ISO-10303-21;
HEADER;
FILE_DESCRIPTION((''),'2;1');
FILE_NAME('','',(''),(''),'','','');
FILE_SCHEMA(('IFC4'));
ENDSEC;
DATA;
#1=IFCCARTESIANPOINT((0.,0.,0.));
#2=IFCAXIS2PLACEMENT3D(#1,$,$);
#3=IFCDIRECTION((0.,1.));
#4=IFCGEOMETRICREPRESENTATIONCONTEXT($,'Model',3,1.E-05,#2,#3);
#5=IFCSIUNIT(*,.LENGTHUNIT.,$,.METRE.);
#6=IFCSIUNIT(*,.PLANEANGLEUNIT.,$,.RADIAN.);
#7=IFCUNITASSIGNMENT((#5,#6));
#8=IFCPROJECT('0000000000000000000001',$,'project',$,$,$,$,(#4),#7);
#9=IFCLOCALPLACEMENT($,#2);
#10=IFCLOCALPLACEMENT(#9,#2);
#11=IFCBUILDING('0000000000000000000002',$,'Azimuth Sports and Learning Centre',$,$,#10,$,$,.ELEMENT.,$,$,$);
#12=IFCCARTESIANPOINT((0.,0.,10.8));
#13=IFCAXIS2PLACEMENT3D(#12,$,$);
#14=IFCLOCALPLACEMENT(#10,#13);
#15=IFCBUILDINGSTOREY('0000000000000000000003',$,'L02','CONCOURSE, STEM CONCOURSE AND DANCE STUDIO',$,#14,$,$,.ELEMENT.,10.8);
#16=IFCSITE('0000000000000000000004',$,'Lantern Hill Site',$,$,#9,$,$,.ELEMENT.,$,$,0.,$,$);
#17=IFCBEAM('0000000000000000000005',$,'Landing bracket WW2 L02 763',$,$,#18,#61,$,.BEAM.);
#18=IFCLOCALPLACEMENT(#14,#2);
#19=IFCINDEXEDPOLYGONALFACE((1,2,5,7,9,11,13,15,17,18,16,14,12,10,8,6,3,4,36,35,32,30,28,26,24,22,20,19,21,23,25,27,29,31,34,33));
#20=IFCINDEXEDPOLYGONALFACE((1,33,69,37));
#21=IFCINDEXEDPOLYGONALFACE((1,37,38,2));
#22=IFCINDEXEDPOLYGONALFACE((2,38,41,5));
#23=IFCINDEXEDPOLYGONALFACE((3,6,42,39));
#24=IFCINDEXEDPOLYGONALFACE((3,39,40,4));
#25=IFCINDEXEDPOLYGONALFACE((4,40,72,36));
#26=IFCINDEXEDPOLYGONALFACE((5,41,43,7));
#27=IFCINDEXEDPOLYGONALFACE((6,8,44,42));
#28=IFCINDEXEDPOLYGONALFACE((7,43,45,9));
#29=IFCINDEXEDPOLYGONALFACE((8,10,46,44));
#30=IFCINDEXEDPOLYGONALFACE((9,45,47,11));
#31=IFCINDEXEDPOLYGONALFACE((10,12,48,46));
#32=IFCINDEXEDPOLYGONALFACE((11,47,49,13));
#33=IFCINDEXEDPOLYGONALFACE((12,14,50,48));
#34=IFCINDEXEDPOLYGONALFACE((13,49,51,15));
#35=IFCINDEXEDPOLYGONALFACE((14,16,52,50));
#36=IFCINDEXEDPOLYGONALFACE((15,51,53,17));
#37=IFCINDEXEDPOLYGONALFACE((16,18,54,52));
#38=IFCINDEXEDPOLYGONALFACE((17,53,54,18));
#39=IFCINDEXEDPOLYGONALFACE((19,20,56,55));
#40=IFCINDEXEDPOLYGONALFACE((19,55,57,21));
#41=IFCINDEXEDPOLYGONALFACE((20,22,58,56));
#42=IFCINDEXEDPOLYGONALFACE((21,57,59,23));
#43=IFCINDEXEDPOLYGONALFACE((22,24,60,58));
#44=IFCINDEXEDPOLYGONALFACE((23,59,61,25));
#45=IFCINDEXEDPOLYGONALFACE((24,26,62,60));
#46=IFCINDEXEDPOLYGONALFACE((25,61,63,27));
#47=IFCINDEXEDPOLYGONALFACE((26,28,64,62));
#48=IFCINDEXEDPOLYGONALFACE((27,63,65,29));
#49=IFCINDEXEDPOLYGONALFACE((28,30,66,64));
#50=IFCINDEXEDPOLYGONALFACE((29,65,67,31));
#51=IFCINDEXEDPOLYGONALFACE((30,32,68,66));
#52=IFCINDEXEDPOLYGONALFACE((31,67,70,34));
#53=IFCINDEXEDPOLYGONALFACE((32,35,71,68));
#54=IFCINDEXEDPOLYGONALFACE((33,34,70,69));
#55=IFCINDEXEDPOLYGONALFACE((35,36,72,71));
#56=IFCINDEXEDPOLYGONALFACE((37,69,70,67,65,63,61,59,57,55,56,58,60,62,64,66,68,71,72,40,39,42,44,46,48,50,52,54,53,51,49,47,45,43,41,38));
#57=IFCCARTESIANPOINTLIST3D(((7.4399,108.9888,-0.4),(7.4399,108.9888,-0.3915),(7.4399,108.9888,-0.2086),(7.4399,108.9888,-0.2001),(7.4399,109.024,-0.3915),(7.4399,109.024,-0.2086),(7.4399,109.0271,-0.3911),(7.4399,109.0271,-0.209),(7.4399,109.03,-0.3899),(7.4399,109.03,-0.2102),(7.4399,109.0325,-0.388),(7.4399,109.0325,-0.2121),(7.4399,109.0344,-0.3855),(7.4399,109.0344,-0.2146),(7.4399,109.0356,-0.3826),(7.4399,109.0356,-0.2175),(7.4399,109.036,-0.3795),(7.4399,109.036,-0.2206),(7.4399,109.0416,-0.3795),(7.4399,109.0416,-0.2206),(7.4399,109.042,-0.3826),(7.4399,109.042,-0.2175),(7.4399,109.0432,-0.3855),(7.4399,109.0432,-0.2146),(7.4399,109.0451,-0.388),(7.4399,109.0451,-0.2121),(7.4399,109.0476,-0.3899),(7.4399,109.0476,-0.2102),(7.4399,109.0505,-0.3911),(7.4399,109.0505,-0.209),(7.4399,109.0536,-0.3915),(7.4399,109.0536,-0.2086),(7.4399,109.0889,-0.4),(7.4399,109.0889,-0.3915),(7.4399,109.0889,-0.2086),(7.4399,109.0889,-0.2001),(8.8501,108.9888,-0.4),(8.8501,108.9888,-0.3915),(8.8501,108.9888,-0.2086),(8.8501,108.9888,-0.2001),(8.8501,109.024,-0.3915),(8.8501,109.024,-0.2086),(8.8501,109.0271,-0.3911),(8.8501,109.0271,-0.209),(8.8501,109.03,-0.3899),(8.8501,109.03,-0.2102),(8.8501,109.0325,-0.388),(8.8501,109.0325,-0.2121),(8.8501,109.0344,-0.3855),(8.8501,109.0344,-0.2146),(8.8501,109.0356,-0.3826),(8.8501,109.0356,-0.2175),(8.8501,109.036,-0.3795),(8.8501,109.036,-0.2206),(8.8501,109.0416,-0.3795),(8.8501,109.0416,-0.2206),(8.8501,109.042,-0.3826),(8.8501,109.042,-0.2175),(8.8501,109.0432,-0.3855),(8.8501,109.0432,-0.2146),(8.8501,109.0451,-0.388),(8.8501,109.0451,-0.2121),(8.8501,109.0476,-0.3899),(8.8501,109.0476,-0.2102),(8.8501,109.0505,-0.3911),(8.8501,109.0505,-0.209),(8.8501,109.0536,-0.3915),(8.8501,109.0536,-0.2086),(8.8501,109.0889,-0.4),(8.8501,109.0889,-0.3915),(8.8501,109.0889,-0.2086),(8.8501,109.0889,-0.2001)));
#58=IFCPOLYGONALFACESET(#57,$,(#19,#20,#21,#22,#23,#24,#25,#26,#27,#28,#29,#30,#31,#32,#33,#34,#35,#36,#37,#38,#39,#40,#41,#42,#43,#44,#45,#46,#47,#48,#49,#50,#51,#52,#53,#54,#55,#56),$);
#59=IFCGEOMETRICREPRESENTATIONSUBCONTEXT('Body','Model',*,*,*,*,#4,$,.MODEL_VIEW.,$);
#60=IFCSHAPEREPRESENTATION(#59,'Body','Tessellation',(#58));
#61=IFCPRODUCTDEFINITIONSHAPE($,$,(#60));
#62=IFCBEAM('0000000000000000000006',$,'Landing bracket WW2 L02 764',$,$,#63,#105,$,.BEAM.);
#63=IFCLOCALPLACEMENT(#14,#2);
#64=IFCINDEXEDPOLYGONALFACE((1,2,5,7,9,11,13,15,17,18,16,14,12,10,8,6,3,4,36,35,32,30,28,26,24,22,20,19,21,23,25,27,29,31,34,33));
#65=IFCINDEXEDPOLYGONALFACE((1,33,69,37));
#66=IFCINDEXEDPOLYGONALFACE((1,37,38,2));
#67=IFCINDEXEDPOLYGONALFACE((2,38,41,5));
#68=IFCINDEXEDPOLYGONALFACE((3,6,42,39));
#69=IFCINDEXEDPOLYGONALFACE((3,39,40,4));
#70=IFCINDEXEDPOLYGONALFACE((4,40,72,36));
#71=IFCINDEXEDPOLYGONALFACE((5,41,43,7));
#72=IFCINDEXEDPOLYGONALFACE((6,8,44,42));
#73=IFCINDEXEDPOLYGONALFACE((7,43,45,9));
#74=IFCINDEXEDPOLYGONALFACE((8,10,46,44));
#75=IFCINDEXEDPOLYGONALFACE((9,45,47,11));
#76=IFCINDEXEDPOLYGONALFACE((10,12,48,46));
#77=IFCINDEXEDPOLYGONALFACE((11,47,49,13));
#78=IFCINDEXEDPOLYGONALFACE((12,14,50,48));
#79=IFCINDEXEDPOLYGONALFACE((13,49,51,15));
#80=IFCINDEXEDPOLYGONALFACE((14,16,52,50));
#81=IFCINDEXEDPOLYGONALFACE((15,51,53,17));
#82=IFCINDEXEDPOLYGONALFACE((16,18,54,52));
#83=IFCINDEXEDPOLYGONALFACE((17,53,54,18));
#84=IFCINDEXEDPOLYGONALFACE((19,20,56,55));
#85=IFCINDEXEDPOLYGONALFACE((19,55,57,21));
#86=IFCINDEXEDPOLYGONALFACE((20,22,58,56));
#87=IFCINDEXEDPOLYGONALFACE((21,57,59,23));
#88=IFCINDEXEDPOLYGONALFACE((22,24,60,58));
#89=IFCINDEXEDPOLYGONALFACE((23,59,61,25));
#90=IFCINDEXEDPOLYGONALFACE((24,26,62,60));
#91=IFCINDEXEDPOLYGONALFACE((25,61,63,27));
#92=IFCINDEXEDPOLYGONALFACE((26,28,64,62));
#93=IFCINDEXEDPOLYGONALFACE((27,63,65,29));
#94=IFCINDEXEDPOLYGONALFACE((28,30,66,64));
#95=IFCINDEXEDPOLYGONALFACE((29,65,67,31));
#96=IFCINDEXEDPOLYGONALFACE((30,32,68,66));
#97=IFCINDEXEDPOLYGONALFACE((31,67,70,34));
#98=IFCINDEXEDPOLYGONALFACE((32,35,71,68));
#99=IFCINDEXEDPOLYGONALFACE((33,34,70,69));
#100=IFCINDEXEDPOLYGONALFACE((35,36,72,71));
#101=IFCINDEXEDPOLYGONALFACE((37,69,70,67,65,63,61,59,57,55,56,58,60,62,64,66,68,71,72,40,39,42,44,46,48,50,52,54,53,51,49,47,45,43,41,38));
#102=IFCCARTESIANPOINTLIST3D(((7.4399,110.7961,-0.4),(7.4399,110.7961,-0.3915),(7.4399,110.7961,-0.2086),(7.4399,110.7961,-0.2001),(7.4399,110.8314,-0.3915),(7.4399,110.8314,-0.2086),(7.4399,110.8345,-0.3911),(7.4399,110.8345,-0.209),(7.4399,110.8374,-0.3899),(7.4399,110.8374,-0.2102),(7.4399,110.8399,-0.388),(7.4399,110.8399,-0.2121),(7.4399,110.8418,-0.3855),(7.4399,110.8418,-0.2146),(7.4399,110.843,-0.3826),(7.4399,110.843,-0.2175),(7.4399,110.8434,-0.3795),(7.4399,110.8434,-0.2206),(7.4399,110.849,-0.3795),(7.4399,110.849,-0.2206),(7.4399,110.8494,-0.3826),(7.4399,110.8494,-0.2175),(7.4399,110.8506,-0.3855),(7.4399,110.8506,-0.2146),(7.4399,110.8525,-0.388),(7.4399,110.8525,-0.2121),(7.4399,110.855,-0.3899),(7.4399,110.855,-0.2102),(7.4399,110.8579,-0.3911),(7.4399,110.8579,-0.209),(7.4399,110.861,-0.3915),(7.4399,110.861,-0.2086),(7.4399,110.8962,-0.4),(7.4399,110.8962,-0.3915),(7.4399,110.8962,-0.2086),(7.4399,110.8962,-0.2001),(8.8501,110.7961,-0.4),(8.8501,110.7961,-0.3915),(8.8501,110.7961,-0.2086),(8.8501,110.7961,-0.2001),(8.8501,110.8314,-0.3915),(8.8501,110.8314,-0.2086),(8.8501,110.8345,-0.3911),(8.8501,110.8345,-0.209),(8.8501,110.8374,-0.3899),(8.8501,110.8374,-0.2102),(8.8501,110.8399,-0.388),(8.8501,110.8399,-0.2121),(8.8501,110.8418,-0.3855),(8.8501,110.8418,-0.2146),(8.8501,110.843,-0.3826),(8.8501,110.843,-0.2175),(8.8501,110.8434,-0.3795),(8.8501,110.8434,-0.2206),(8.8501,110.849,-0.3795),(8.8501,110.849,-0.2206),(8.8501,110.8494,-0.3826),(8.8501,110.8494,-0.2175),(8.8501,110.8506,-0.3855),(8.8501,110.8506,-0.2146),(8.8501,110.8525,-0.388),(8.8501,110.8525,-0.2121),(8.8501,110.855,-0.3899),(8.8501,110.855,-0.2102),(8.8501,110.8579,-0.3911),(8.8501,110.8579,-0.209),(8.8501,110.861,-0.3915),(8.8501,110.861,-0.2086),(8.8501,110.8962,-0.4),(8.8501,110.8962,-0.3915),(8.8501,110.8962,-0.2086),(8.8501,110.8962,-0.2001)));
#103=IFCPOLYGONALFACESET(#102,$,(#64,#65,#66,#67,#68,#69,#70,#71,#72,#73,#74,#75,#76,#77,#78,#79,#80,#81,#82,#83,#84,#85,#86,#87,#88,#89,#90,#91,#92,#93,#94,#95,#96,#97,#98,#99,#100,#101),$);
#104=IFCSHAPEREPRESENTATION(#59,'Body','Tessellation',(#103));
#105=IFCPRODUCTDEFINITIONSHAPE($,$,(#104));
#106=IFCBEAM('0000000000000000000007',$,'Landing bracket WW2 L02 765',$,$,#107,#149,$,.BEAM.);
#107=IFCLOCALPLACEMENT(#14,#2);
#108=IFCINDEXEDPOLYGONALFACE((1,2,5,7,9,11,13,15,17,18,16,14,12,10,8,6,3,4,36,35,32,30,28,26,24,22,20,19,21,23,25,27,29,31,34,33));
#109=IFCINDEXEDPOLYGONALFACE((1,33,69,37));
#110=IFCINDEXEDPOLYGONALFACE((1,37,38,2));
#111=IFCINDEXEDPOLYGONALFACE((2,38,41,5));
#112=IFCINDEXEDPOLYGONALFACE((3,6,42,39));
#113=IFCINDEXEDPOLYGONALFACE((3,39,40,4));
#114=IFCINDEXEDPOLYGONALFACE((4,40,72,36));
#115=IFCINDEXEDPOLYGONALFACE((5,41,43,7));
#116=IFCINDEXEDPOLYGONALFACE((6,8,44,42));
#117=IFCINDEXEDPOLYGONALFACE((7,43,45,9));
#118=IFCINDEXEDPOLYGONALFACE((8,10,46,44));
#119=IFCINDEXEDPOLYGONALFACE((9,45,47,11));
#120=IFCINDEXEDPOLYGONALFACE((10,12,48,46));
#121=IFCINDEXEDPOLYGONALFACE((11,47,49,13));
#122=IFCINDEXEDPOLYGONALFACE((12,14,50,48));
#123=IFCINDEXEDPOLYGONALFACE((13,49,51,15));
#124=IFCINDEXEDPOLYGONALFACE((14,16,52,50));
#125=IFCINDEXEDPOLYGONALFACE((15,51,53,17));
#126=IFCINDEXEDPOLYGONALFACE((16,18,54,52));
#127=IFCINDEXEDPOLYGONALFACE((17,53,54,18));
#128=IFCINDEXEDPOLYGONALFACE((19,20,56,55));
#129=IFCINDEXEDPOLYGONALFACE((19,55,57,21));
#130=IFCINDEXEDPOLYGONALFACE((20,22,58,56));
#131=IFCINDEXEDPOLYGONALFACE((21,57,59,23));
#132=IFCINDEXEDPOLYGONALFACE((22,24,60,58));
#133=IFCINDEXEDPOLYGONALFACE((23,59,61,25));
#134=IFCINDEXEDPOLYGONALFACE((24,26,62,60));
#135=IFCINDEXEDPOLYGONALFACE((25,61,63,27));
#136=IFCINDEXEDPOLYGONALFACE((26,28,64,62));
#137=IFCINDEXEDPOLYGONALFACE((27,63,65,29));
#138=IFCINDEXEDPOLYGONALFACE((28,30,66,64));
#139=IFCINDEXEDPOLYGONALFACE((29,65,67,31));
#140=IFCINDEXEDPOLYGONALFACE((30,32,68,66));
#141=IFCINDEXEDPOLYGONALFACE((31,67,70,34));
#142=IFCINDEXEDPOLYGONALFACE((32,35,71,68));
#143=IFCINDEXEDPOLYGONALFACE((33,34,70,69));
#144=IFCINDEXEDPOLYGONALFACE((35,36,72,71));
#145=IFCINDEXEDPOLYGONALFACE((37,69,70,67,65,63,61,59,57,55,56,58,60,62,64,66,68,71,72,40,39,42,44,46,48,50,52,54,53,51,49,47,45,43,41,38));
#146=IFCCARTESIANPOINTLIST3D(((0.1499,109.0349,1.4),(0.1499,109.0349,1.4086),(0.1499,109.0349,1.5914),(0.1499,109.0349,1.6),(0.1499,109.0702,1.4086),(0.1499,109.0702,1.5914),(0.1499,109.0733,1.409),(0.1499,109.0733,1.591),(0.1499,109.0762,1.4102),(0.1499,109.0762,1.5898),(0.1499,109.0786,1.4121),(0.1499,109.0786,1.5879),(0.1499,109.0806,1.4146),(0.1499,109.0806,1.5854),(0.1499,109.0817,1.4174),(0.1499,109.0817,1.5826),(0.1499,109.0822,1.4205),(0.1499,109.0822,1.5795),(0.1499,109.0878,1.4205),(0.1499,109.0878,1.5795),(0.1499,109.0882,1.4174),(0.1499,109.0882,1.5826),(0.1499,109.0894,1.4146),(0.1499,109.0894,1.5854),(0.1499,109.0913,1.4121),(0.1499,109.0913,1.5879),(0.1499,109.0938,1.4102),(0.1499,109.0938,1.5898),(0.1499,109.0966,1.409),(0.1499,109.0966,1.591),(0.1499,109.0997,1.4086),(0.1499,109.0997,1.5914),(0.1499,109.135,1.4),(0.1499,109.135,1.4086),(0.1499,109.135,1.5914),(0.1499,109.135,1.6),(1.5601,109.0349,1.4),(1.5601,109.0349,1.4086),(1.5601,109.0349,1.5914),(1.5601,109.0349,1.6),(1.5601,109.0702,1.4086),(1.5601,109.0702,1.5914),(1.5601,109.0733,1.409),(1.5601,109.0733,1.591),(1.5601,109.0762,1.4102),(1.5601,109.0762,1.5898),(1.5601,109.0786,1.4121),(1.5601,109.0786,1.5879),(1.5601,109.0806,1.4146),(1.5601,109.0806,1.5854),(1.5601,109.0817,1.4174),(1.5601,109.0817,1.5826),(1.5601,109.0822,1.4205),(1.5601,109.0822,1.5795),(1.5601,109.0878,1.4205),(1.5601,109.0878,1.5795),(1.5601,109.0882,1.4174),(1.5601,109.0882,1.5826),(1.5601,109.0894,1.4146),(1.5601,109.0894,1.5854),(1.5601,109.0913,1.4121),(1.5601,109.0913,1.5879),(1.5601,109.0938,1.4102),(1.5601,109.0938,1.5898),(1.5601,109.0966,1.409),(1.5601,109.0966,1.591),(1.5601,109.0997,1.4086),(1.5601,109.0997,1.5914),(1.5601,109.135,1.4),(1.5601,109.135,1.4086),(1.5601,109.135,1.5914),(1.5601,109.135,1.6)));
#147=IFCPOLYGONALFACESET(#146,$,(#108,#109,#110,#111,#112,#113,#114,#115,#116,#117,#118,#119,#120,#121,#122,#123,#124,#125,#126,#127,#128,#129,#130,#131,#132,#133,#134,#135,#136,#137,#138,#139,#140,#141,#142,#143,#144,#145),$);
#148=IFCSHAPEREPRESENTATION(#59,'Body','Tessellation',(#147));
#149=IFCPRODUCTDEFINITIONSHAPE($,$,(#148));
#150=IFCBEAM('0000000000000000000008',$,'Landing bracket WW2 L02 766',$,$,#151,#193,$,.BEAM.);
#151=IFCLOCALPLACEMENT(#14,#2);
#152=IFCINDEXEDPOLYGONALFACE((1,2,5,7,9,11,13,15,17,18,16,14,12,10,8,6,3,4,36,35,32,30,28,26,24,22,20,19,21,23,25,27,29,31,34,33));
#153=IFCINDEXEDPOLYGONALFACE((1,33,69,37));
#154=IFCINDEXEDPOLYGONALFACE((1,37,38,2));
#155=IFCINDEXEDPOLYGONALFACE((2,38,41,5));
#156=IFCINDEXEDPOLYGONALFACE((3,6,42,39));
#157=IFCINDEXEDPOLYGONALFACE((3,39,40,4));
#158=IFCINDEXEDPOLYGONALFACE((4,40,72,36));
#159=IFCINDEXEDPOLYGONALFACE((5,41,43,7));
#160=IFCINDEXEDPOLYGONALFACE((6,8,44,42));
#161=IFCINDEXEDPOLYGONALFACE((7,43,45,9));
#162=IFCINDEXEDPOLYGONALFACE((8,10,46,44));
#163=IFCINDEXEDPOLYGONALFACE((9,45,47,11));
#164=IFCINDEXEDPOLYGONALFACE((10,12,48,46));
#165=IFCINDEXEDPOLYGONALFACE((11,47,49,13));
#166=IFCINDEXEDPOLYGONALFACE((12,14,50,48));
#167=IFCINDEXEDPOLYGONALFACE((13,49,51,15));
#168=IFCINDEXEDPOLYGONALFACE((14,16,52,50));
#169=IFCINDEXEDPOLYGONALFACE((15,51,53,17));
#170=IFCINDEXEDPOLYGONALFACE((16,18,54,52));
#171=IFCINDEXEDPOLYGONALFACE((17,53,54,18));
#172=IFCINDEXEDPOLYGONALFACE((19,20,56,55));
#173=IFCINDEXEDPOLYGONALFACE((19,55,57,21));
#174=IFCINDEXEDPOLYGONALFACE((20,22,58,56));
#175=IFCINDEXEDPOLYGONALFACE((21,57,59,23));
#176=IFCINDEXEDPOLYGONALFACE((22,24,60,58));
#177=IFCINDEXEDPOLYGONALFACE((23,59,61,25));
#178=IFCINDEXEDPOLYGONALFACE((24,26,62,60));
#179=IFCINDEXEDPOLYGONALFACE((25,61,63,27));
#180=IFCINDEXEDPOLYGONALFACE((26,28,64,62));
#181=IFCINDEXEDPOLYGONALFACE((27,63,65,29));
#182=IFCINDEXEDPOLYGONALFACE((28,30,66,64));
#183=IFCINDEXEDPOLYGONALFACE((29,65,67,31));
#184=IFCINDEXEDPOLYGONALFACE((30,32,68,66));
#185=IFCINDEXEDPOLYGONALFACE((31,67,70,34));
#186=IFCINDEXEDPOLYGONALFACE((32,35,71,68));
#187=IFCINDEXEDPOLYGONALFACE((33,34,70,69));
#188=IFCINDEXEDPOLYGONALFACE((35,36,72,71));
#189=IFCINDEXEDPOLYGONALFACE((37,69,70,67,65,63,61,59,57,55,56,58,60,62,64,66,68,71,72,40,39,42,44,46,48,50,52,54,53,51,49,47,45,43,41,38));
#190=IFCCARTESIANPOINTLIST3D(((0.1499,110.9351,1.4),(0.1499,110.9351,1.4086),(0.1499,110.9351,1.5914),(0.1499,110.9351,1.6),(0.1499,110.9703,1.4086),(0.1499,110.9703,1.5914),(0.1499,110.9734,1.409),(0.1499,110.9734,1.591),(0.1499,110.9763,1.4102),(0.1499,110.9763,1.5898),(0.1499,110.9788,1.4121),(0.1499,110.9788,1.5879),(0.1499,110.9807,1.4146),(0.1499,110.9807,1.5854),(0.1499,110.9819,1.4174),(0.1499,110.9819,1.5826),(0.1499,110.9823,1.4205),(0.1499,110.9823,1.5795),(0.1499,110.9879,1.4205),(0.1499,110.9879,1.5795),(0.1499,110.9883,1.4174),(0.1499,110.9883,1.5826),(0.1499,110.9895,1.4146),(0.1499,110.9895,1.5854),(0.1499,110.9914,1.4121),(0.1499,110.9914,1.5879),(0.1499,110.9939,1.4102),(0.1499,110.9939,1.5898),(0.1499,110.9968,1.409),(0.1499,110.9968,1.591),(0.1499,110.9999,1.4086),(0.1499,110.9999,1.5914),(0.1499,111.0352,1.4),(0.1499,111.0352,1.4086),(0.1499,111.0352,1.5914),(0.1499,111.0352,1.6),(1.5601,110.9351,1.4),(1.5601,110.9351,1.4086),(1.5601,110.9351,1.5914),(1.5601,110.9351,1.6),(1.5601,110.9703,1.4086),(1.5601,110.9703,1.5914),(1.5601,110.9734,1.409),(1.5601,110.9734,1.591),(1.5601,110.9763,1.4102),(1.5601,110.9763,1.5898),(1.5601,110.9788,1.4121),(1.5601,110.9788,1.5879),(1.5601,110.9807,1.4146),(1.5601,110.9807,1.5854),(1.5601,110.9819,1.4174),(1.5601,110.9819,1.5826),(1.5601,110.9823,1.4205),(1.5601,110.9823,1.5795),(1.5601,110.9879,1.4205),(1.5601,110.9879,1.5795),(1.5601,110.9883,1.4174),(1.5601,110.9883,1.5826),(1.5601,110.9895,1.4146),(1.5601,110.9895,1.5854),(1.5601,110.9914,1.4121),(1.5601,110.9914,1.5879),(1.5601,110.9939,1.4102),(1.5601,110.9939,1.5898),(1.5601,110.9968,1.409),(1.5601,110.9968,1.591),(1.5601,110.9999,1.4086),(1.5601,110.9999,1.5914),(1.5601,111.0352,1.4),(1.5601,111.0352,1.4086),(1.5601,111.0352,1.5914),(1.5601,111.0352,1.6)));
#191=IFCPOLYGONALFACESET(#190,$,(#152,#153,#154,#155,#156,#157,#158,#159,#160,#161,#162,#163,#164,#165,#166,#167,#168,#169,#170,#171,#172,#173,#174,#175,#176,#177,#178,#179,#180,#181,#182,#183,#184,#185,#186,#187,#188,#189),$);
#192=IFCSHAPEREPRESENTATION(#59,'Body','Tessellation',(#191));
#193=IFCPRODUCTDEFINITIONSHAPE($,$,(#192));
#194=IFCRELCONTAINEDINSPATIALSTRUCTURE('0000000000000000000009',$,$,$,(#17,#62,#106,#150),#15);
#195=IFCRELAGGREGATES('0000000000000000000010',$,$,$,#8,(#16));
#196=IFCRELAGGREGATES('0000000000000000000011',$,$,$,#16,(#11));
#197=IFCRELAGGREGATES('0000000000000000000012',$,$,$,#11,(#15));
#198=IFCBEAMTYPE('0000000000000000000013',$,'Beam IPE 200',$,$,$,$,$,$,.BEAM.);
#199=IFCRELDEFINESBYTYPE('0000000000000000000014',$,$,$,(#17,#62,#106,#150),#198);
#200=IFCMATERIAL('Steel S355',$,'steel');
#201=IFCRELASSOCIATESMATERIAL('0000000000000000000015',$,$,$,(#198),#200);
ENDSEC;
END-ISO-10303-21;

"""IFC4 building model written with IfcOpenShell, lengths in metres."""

from ifc_helpers import new_model, si_unit, direction, frame, origin, origin_2d, place, context, subcontext, project, spatial, i_section, extrude, material, material_profile, profile_set, type_object, element, save


model = new_model("IFC4")

# Units and contexts
model_context = context("Model", 3, precision=1e-05, world=origin(), true_north=direction((0.0, 1.0)))
body_context = subcontext(model_context, "Body", "Model", "MODEL_VIEW")
ifc_project = project(units=[si_unit("LENGTHUNIT", "METRE"), si_unit("PLANEANGLEUNIT", "RADIAN")], contexts=[model_context])

# Site, building, storey
site_placement = place(None, origin())
site = spatial("IfcSite", under=ifc_project, at=site_placement, Name="Lantern Hill Site", CompositionType="ELEMENT", RefElevation=0.0)
building_placement = place(site_placement, origin())
building = spatial("IfcBuilding", under=site, at=building_placement, Name="Azimuth Sports and Learning Centre", CompositionType="ELEMENT")
storey_placement = place(building_placement, frame((0.0, 0.0, 10.8)))
storey = spatial("IfcBuildingStorey", under=building, at=storey_placement, Name="L02", Description="CONCOURSE, STEM CONCOURSE AND DANCE STUDIO", CompositionType="ELEMENT", Elevation=10.8)

# Beams
ifc_material_1 = material(Name="Steel S355", Category="steel")
ifc_material_profile = material_profile(ifc_material_1, i_section(OverallWidth=0.1001, OverallDepth=0.2, WebThickness=0.0056, FlangeThickness=0.0085, FilletRadius=0.012, at=origin_2d()), Name="IPE 200")
ifc_profile_set = profile_set([ifc_material_profile], Name="Steel S355")
beam_type = type_object("IfcBeamType", Name="Beam IPE 200", PredefinedType="BEAM", material=ifc_profile_set)
for number, where, z_axis, x_axis, name in (
    (1, (8.8501, 109.0388, -0.3), (-1.0, 0.0, 0.0), (0.0, -1.0, 0.0), "Landing bracket WW2 L02 763"),
    (2, (8.8501, 110.8462, -0.3), (-1.0, 0.0, 0.0), (0.0, -1.0, 0.0), "Landing bracket WW2 L02 764"),
    (3, (0.1499, 109.085, 1.5), (1.0, 0.0, 0.0), (0.0, 1.0, 0.0), "Landing bracket WW2 L02 765"),
    (4, (0.1499, 110.9851, 1.5), (1.0, 0.0, 0.0), (0.0, 1.0, 0.0), "Landing bracket WW2 L02 766"),
):
    element("IfcBeam", number, at=place(storey_placement, frame(where, z_axis=z_axis, x_axis=x_axis)), inside=storey, type_object=beam_type, Name=name, PredefinedType="BEAM", context=body_context, shape_type="SweptSolid", body=[
        extrude(i_section(OverallWidth=0.1001, OverallDepth=0.2, WebThickness=0.0056, FlangeThickness=0.0085, FilletRadius=0.012, at=origin_2d()), origin(), (0.0, 0.0, 1.0), 1.4102),
    ])

save(model, "model.ifc")
